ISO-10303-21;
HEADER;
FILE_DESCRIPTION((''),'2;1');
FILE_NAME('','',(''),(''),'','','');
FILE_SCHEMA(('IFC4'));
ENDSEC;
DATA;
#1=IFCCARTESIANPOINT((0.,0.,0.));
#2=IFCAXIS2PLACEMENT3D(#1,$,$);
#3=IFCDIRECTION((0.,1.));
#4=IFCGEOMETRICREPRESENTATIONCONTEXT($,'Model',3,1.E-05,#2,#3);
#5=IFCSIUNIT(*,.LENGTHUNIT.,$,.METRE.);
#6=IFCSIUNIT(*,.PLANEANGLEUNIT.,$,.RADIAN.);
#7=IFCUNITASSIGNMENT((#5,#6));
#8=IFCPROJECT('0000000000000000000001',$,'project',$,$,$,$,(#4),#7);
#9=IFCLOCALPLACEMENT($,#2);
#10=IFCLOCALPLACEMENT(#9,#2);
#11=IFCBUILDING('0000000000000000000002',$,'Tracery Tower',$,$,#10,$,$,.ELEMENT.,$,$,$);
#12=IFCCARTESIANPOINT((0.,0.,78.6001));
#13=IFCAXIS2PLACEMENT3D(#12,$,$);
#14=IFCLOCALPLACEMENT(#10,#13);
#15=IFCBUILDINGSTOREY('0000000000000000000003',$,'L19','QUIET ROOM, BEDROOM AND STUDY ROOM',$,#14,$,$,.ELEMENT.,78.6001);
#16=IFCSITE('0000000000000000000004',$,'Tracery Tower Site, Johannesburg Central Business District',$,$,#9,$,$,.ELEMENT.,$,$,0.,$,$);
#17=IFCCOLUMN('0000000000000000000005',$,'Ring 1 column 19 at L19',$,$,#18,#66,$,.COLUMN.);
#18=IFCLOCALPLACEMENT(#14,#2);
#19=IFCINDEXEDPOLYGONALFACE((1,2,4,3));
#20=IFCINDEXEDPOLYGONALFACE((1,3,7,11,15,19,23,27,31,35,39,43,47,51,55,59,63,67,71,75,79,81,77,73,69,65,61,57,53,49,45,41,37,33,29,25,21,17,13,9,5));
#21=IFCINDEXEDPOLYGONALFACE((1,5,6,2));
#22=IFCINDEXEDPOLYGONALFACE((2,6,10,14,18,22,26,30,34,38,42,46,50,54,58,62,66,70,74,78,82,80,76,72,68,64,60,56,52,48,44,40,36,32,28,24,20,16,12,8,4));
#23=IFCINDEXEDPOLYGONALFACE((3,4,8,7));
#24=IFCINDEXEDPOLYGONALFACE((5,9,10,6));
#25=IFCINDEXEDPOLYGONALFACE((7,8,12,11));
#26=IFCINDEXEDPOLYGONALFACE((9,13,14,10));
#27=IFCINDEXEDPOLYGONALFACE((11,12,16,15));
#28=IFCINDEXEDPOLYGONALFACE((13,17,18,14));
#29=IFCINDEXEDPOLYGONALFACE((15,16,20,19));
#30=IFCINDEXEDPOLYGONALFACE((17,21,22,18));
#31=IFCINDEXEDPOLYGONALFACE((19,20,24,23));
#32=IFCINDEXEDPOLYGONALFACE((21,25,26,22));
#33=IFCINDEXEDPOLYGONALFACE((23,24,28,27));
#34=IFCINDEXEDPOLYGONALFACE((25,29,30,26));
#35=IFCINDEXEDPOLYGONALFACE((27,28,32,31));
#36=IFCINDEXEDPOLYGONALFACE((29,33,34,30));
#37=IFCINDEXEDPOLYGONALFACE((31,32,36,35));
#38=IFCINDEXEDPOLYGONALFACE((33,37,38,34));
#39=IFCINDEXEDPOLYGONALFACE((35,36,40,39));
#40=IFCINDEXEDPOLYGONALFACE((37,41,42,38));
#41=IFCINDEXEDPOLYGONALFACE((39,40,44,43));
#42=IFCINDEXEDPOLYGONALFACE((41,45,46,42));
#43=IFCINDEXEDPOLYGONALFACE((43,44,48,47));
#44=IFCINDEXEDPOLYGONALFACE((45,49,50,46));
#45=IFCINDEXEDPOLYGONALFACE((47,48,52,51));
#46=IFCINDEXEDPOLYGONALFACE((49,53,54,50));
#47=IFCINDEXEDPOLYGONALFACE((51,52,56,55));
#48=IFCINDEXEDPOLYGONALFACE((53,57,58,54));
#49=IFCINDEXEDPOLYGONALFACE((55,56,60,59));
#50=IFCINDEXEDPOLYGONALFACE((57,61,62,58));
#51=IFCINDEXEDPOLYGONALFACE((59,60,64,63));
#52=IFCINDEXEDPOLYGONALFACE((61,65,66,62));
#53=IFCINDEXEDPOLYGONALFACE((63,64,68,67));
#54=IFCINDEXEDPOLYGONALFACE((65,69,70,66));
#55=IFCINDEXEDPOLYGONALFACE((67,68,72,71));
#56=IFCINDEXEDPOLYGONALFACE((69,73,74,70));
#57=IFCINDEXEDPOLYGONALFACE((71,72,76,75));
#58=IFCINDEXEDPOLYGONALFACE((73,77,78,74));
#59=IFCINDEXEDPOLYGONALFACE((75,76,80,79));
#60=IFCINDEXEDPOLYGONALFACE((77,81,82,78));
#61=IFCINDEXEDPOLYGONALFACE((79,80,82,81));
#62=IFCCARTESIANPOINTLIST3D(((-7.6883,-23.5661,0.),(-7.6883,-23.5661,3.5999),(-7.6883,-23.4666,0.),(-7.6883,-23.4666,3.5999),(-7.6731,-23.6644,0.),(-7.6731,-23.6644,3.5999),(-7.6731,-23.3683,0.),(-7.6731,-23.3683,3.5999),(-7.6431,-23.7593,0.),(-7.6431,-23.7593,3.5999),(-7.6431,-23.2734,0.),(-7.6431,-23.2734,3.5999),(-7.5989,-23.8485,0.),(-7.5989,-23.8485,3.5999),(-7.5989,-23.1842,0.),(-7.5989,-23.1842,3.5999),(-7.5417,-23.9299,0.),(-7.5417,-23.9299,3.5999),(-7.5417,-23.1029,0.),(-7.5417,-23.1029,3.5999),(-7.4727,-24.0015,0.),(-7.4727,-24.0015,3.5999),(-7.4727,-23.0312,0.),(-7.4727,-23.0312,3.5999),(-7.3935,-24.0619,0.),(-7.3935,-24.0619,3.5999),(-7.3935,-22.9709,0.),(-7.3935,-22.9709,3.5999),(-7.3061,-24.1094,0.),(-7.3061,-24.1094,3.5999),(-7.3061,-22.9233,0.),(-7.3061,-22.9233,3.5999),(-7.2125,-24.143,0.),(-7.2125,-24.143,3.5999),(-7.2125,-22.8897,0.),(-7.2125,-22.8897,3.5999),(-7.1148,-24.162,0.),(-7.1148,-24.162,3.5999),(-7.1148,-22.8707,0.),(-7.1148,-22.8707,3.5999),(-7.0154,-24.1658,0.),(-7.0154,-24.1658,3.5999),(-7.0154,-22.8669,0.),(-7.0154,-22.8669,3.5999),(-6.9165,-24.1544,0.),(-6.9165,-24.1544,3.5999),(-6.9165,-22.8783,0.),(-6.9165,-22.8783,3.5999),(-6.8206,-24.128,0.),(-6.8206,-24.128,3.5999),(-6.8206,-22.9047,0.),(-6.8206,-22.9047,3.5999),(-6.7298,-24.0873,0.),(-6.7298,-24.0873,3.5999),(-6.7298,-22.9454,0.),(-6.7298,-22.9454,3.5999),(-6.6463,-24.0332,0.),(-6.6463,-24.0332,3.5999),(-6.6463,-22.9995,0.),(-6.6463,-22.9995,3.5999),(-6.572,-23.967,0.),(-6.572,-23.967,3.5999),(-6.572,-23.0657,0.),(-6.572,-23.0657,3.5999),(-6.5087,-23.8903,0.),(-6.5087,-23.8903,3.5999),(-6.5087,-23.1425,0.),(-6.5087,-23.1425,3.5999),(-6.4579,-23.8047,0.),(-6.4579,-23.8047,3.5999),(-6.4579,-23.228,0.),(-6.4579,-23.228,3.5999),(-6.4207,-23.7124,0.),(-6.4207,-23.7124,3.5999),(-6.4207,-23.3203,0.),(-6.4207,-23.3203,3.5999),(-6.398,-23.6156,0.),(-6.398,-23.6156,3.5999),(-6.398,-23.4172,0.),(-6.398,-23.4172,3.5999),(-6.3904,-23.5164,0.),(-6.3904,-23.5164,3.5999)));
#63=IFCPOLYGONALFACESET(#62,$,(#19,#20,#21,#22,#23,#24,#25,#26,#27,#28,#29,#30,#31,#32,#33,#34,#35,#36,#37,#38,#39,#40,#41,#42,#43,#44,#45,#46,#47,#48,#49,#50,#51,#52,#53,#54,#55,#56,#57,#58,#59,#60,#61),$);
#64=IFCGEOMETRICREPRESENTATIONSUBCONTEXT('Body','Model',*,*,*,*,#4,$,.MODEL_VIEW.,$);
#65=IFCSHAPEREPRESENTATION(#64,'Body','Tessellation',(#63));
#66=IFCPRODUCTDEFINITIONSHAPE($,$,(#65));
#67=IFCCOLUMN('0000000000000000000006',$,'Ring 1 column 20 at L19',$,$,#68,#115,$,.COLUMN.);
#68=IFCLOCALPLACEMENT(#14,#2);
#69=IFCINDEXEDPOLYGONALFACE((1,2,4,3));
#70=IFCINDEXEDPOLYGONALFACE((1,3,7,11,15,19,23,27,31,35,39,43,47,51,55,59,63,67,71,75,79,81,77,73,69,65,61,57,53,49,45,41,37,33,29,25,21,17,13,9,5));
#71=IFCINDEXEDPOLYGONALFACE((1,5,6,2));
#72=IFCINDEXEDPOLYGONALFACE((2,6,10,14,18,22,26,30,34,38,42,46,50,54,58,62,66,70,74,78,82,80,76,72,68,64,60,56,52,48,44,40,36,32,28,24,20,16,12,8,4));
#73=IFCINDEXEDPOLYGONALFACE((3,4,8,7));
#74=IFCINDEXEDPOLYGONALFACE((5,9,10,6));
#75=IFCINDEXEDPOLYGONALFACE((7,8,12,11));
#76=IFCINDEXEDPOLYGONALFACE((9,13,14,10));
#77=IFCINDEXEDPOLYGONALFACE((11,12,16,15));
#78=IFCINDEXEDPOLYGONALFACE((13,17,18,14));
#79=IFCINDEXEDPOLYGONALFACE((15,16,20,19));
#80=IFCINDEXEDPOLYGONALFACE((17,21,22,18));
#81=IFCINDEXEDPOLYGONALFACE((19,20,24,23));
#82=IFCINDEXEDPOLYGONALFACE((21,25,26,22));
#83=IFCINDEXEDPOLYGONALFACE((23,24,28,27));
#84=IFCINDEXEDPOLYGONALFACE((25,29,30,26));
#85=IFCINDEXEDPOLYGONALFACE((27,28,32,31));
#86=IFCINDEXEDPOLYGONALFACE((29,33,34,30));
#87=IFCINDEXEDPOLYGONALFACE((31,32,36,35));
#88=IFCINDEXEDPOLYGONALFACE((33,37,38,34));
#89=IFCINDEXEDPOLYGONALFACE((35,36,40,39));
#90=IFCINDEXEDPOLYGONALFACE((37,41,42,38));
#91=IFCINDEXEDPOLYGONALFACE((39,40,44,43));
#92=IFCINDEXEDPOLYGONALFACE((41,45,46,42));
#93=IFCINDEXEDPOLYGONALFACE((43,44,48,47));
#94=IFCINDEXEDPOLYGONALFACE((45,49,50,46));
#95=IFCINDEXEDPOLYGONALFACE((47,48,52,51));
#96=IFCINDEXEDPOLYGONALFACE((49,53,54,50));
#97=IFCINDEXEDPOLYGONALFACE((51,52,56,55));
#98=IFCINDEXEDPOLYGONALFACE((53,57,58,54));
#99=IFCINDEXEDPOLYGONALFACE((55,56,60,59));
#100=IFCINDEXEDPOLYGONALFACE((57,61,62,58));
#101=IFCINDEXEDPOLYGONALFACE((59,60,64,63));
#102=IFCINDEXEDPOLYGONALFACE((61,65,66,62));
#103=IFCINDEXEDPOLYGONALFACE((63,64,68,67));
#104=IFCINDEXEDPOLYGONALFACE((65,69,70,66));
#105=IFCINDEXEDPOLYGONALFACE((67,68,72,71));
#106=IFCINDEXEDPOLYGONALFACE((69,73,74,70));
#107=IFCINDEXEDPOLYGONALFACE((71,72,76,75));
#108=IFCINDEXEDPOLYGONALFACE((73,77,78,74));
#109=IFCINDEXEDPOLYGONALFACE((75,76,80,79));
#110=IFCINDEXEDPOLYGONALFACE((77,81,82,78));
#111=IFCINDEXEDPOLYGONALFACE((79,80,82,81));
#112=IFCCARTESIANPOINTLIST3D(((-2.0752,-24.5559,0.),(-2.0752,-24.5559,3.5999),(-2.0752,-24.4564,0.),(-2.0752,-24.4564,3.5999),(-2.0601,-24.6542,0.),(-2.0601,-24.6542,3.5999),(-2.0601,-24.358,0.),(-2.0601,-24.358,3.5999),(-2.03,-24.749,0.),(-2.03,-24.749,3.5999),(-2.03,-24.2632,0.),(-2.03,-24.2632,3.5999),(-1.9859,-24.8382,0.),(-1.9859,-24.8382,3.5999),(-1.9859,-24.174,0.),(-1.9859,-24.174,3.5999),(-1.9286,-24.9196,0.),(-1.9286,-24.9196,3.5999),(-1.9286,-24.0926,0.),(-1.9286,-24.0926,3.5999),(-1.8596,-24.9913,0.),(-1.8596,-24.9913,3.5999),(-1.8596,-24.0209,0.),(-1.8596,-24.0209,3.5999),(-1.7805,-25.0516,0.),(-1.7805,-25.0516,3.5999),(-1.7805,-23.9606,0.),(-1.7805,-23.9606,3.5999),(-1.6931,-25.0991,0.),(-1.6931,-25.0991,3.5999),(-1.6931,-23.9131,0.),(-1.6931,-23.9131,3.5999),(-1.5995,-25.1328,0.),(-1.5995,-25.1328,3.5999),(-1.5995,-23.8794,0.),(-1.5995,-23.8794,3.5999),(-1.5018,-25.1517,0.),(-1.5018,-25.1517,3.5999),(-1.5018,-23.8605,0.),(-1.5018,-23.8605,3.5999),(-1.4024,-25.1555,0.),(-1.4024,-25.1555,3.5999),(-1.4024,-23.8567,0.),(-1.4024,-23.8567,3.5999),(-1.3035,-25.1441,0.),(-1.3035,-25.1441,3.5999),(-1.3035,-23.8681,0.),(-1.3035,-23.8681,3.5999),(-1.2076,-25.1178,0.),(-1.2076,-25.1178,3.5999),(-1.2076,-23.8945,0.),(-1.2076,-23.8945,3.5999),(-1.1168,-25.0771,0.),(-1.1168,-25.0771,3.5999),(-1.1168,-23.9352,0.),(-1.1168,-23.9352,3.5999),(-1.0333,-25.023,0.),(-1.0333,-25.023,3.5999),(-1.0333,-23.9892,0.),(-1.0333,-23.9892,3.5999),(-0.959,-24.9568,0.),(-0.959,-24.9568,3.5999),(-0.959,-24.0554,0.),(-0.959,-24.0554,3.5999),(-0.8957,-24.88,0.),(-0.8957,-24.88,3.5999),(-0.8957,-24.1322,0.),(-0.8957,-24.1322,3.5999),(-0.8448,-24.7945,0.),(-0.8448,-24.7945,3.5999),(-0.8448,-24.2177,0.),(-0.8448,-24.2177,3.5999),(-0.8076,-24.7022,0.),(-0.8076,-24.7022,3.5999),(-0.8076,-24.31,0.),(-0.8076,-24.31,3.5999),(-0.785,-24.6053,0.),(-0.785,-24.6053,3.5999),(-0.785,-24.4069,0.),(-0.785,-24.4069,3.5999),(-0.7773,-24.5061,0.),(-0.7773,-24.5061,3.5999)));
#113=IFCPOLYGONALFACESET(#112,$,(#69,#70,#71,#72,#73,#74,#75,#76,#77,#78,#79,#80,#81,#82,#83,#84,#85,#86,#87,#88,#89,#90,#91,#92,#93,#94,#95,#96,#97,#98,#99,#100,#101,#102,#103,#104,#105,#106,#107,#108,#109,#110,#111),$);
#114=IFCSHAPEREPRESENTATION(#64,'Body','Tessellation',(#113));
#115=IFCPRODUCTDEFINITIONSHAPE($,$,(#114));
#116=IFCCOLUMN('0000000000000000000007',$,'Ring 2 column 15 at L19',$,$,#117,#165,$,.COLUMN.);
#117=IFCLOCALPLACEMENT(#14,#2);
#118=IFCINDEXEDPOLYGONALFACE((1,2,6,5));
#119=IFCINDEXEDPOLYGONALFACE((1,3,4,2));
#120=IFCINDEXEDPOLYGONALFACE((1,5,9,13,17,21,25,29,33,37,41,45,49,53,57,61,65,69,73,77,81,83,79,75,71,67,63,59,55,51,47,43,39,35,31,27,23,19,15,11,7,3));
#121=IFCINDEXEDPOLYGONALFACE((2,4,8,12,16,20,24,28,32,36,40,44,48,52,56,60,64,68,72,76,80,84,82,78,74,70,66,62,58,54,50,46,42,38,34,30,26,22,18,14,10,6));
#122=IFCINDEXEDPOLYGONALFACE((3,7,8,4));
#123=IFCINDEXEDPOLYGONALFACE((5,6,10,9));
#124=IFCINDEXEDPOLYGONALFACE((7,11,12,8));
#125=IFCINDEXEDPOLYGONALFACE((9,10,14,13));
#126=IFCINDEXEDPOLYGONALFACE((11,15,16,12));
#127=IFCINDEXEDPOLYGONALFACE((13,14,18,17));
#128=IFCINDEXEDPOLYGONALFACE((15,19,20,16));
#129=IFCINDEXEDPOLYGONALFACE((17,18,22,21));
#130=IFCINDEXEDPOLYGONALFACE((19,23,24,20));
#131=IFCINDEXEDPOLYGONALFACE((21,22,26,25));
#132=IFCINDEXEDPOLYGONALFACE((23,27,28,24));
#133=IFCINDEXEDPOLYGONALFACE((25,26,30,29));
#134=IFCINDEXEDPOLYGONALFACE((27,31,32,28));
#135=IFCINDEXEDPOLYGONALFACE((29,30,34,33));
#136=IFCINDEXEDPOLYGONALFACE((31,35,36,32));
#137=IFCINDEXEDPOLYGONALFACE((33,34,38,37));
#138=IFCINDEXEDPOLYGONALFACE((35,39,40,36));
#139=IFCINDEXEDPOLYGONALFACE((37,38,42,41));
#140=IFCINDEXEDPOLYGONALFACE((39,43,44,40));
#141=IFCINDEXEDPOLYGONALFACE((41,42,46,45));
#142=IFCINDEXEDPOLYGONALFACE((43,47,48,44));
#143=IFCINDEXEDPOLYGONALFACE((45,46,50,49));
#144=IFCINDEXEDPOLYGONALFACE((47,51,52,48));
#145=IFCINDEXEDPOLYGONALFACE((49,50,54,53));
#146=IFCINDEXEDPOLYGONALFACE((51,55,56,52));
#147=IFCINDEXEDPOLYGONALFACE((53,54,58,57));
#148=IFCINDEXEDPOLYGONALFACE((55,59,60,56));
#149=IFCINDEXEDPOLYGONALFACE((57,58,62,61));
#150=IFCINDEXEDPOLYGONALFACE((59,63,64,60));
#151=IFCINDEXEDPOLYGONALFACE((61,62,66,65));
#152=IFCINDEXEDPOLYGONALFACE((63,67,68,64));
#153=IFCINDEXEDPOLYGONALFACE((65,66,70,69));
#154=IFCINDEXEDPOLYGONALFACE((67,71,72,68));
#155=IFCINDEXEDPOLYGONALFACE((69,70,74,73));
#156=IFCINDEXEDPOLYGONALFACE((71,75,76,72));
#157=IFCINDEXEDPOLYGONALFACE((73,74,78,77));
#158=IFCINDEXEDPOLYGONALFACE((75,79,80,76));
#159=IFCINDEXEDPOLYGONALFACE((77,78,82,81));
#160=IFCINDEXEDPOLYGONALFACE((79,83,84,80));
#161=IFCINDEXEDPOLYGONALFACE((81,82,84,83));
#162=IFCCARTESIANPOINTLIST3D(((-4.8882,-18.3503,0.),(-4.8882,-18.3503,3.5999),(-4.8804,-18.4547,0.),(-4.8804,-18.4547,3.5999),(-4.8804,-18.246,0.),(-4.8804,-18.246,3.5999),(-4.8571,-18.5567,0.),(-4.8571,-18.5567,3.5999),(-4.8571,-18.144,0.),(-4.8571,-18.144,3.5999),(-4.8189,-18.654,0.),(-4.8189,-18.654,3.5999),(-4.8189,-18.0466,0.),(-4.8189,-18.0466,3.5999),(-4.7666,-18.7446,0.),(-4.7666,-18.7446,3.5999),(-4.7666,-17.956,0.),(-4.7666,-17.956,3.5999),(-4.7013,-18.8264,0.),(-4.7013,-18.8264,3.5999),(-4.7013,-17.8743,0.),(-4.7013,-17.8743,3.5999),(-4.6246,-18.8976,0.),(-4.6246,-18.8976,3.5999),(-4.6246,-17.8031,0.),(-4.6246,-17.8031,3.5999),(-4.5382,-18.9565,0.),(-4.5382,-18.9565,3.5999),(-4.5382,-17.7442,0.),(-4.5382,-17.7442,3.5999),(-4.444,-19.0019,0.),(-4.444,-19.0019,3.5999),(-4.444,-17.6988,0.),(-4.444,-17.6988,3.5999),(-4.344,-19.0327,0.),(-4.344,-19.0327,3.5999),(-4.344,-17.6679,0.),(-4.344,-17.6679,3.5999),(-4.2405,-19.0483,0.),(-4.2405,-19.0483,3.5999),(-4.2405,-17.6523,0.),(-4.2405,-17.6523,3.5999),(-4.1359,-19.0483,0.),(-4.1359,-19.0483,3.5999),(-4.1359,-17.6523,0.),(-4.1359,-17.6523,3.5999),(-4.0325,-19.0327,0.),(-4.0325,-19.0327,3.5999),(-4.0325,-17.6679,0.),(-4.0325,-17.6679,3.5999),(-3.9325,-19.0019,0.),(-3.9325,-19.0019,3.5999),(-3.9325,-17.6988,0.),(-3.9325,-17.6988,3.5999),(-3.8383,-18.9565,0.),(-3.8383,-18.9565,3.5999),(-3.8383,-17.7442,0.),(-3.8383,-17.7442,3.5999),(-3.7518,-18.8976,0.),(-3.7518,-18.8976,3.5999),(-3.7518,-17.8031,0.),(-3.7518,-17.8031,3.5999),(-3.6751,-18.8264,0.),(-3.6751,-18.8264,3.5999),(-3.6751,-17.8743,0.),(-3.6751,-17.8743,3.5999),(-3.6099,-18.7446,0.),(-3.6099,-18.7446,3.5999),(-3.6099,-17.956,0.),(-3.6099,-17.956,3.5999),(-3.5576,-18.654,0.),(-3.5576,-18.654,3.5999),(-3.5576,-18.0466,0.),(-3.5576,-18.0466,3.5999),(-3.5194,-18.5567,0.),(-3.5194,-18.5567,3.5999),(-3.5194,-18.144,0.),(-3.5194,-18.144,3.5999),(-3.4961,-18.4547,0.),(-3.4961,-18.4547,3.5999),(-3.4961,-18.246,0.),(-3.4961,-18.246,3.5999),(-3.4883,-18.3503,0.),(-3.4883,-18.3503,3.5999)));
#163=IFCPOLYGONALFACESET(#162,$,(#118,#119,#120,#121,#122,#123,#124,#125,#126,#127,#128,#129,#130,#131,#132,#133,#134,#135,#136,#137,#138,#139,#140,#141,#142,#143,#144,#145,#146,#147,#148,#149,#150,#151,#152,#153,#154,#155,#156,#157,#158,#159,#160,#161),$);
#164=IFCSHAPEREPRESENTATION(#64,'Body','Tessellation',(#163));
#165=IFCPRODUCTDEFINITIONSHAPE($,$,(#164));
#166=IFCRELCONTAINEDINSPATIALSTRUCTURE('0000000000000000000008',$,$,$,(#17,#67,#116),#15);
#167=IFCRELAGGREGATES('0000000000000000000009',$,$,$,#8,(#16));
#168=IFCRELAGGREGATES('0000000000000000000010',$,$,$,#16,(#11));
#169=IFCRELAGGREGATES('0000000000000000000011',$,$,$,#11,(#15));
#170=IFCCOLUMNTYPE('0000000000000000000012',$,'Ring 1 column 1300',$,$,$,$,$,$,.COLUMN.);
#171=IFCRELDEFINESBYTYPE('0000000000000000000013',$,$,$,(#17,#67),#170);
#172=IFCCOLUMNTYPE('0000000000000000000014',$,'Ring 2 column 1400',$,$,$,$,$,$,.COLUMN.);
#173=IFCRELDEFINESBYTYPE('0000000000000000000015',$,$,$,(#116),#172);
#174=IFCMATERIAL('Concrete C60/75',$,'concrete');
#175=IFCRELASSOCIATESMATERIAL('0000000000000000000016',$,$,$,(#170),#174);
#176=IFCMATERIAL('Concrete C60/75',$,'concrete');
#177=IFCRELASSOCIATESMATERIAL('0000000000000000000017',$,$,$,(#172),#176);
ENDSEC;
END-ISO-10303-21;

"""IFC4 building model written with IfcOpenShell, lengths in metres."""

from ifc_helpers import new_model, si_unit, direction, frame, origin, origin_2d, place, context, subcontext, project, spatial, circle, extrude, material, material_profile, profile_set, type_object, element, save


model = new_model("IFC4")

# Units and contexts
model_context = context("Model", 3, precision=1e-05, world=origin(), true_north=direction((0.0, 1.0)))
body_context = subcontext(model_context, "Body", "Model", "MODEL_VIEW")
ifc_project = project(units=[si_unit("LENGTHUNIT", "METRE"), si_unit("PLANEANGLEUNIT", "RADIAN")], contexts=[model_context])

# Site, building, storey
site_placement = place(None, origin())
site = spatial("IfcSite", under=ifc_project, at=site_placement, Name="Tracery Tower Site, Johannesburg Central Business District", CompositionType="ELEMENT", RefElevation=0.0)
building_placement = place(site_placement, origin())
building = spatial("IfcBuilding", under=site, at=building_placement, Name="Tracery Tower", CompositionType="ELEMENT")
storey_placement = place(building_placement, frame((0.0, 0.0, 78.6001)))
storey = spatial("IfcBuildingStorey", under=building, at=storey_placement, Name="L19", Description="QUIET ROOM, BEDROOM AND STUDY ROOM", CompositionType="ELEMENT", Elevation=78.6001)

# Columns
ifc_material_1 = material(Name="Concrete C60/75", Category="concrete")
ifc_material_profile_1 = material_profile(ifc_material_1, circle(Radius=0.6499, at=origin_2d()), Name="RC D1300")
ifc_profile_set_1 = profile_set([ifc_material_profile_1], Name="Concrete C60/75")
column_type_1 = type_object("IfcColumnType", Name="Ring 1 column 1300", PredefinedType="COLUMN", material=ifc_profile_set_1)
for number, where, z_axis, x_axis, name in (
    (1, (-7.0403, -23.5164, 0.0), (0.0, 0.0, 1.0), (1.0, 0.0, 0.0), "Ring 1 column 19 at L19"),
    (2, (-1.4272, -24.5061, 0.0), (0.0, 0.0, 1.0), (1.0, 0.0, 0.0), "Ring 1 column 20 at L19"),
):
    element("IfcColumn", number, at=place(storey_placement, frame(where, z_axis=z_axis, x_axis=x_axis)), inside=storey, type_object=column_type_1, Name=name, PredefinedType="COLUMN", context=body_context, shape_type="SweptSolid", body=[
        extrude(circle(Radius=0.6499, at=origin_2d()), origin(), (0.0, 0.0, 1.0), 3.5999),
    ])
ifc_material_2 = material(Name="Concrete C60/75", Category="concrete")
ifc_material_profile_2 = material_profile(ifc_material_2, circle(Radius=0.7, at=origin_2d()), Name="RC D1400")
ifc_profile_set_2 = profile_set([ifc_material_profile_2], Name="Concrete C60/75")
column_type_2 = type_object("IfcColumnType", Name="Ring 2 column 1400", PredefinedType="COLUMN", material=ifc_profile_set_2)
for number, where, z_axis, x_axis, name in (
    (3, (-4.1882, -18.3503, 0.0), (0.0, 0.0, 1.0), (1.0, 0.0, 0.0), "Ring 2 column 15 at L19"),
):
    element("IfcColumn", number, at=place(storey_placement, frame(where, z_axis=z_axis, x_axis=x_axis)), inside=storey, type_object=column_type_2, Name=name, PredefinedType="COLUMN", context=body_context, shape_type="SweptSolid", body=[
        extrude(circle(Radius=0.7, at=origin_2d()), origin(), (0.0, 0.0, 1.0), 3.5999),
    ])

save(model, "model.ifc")
